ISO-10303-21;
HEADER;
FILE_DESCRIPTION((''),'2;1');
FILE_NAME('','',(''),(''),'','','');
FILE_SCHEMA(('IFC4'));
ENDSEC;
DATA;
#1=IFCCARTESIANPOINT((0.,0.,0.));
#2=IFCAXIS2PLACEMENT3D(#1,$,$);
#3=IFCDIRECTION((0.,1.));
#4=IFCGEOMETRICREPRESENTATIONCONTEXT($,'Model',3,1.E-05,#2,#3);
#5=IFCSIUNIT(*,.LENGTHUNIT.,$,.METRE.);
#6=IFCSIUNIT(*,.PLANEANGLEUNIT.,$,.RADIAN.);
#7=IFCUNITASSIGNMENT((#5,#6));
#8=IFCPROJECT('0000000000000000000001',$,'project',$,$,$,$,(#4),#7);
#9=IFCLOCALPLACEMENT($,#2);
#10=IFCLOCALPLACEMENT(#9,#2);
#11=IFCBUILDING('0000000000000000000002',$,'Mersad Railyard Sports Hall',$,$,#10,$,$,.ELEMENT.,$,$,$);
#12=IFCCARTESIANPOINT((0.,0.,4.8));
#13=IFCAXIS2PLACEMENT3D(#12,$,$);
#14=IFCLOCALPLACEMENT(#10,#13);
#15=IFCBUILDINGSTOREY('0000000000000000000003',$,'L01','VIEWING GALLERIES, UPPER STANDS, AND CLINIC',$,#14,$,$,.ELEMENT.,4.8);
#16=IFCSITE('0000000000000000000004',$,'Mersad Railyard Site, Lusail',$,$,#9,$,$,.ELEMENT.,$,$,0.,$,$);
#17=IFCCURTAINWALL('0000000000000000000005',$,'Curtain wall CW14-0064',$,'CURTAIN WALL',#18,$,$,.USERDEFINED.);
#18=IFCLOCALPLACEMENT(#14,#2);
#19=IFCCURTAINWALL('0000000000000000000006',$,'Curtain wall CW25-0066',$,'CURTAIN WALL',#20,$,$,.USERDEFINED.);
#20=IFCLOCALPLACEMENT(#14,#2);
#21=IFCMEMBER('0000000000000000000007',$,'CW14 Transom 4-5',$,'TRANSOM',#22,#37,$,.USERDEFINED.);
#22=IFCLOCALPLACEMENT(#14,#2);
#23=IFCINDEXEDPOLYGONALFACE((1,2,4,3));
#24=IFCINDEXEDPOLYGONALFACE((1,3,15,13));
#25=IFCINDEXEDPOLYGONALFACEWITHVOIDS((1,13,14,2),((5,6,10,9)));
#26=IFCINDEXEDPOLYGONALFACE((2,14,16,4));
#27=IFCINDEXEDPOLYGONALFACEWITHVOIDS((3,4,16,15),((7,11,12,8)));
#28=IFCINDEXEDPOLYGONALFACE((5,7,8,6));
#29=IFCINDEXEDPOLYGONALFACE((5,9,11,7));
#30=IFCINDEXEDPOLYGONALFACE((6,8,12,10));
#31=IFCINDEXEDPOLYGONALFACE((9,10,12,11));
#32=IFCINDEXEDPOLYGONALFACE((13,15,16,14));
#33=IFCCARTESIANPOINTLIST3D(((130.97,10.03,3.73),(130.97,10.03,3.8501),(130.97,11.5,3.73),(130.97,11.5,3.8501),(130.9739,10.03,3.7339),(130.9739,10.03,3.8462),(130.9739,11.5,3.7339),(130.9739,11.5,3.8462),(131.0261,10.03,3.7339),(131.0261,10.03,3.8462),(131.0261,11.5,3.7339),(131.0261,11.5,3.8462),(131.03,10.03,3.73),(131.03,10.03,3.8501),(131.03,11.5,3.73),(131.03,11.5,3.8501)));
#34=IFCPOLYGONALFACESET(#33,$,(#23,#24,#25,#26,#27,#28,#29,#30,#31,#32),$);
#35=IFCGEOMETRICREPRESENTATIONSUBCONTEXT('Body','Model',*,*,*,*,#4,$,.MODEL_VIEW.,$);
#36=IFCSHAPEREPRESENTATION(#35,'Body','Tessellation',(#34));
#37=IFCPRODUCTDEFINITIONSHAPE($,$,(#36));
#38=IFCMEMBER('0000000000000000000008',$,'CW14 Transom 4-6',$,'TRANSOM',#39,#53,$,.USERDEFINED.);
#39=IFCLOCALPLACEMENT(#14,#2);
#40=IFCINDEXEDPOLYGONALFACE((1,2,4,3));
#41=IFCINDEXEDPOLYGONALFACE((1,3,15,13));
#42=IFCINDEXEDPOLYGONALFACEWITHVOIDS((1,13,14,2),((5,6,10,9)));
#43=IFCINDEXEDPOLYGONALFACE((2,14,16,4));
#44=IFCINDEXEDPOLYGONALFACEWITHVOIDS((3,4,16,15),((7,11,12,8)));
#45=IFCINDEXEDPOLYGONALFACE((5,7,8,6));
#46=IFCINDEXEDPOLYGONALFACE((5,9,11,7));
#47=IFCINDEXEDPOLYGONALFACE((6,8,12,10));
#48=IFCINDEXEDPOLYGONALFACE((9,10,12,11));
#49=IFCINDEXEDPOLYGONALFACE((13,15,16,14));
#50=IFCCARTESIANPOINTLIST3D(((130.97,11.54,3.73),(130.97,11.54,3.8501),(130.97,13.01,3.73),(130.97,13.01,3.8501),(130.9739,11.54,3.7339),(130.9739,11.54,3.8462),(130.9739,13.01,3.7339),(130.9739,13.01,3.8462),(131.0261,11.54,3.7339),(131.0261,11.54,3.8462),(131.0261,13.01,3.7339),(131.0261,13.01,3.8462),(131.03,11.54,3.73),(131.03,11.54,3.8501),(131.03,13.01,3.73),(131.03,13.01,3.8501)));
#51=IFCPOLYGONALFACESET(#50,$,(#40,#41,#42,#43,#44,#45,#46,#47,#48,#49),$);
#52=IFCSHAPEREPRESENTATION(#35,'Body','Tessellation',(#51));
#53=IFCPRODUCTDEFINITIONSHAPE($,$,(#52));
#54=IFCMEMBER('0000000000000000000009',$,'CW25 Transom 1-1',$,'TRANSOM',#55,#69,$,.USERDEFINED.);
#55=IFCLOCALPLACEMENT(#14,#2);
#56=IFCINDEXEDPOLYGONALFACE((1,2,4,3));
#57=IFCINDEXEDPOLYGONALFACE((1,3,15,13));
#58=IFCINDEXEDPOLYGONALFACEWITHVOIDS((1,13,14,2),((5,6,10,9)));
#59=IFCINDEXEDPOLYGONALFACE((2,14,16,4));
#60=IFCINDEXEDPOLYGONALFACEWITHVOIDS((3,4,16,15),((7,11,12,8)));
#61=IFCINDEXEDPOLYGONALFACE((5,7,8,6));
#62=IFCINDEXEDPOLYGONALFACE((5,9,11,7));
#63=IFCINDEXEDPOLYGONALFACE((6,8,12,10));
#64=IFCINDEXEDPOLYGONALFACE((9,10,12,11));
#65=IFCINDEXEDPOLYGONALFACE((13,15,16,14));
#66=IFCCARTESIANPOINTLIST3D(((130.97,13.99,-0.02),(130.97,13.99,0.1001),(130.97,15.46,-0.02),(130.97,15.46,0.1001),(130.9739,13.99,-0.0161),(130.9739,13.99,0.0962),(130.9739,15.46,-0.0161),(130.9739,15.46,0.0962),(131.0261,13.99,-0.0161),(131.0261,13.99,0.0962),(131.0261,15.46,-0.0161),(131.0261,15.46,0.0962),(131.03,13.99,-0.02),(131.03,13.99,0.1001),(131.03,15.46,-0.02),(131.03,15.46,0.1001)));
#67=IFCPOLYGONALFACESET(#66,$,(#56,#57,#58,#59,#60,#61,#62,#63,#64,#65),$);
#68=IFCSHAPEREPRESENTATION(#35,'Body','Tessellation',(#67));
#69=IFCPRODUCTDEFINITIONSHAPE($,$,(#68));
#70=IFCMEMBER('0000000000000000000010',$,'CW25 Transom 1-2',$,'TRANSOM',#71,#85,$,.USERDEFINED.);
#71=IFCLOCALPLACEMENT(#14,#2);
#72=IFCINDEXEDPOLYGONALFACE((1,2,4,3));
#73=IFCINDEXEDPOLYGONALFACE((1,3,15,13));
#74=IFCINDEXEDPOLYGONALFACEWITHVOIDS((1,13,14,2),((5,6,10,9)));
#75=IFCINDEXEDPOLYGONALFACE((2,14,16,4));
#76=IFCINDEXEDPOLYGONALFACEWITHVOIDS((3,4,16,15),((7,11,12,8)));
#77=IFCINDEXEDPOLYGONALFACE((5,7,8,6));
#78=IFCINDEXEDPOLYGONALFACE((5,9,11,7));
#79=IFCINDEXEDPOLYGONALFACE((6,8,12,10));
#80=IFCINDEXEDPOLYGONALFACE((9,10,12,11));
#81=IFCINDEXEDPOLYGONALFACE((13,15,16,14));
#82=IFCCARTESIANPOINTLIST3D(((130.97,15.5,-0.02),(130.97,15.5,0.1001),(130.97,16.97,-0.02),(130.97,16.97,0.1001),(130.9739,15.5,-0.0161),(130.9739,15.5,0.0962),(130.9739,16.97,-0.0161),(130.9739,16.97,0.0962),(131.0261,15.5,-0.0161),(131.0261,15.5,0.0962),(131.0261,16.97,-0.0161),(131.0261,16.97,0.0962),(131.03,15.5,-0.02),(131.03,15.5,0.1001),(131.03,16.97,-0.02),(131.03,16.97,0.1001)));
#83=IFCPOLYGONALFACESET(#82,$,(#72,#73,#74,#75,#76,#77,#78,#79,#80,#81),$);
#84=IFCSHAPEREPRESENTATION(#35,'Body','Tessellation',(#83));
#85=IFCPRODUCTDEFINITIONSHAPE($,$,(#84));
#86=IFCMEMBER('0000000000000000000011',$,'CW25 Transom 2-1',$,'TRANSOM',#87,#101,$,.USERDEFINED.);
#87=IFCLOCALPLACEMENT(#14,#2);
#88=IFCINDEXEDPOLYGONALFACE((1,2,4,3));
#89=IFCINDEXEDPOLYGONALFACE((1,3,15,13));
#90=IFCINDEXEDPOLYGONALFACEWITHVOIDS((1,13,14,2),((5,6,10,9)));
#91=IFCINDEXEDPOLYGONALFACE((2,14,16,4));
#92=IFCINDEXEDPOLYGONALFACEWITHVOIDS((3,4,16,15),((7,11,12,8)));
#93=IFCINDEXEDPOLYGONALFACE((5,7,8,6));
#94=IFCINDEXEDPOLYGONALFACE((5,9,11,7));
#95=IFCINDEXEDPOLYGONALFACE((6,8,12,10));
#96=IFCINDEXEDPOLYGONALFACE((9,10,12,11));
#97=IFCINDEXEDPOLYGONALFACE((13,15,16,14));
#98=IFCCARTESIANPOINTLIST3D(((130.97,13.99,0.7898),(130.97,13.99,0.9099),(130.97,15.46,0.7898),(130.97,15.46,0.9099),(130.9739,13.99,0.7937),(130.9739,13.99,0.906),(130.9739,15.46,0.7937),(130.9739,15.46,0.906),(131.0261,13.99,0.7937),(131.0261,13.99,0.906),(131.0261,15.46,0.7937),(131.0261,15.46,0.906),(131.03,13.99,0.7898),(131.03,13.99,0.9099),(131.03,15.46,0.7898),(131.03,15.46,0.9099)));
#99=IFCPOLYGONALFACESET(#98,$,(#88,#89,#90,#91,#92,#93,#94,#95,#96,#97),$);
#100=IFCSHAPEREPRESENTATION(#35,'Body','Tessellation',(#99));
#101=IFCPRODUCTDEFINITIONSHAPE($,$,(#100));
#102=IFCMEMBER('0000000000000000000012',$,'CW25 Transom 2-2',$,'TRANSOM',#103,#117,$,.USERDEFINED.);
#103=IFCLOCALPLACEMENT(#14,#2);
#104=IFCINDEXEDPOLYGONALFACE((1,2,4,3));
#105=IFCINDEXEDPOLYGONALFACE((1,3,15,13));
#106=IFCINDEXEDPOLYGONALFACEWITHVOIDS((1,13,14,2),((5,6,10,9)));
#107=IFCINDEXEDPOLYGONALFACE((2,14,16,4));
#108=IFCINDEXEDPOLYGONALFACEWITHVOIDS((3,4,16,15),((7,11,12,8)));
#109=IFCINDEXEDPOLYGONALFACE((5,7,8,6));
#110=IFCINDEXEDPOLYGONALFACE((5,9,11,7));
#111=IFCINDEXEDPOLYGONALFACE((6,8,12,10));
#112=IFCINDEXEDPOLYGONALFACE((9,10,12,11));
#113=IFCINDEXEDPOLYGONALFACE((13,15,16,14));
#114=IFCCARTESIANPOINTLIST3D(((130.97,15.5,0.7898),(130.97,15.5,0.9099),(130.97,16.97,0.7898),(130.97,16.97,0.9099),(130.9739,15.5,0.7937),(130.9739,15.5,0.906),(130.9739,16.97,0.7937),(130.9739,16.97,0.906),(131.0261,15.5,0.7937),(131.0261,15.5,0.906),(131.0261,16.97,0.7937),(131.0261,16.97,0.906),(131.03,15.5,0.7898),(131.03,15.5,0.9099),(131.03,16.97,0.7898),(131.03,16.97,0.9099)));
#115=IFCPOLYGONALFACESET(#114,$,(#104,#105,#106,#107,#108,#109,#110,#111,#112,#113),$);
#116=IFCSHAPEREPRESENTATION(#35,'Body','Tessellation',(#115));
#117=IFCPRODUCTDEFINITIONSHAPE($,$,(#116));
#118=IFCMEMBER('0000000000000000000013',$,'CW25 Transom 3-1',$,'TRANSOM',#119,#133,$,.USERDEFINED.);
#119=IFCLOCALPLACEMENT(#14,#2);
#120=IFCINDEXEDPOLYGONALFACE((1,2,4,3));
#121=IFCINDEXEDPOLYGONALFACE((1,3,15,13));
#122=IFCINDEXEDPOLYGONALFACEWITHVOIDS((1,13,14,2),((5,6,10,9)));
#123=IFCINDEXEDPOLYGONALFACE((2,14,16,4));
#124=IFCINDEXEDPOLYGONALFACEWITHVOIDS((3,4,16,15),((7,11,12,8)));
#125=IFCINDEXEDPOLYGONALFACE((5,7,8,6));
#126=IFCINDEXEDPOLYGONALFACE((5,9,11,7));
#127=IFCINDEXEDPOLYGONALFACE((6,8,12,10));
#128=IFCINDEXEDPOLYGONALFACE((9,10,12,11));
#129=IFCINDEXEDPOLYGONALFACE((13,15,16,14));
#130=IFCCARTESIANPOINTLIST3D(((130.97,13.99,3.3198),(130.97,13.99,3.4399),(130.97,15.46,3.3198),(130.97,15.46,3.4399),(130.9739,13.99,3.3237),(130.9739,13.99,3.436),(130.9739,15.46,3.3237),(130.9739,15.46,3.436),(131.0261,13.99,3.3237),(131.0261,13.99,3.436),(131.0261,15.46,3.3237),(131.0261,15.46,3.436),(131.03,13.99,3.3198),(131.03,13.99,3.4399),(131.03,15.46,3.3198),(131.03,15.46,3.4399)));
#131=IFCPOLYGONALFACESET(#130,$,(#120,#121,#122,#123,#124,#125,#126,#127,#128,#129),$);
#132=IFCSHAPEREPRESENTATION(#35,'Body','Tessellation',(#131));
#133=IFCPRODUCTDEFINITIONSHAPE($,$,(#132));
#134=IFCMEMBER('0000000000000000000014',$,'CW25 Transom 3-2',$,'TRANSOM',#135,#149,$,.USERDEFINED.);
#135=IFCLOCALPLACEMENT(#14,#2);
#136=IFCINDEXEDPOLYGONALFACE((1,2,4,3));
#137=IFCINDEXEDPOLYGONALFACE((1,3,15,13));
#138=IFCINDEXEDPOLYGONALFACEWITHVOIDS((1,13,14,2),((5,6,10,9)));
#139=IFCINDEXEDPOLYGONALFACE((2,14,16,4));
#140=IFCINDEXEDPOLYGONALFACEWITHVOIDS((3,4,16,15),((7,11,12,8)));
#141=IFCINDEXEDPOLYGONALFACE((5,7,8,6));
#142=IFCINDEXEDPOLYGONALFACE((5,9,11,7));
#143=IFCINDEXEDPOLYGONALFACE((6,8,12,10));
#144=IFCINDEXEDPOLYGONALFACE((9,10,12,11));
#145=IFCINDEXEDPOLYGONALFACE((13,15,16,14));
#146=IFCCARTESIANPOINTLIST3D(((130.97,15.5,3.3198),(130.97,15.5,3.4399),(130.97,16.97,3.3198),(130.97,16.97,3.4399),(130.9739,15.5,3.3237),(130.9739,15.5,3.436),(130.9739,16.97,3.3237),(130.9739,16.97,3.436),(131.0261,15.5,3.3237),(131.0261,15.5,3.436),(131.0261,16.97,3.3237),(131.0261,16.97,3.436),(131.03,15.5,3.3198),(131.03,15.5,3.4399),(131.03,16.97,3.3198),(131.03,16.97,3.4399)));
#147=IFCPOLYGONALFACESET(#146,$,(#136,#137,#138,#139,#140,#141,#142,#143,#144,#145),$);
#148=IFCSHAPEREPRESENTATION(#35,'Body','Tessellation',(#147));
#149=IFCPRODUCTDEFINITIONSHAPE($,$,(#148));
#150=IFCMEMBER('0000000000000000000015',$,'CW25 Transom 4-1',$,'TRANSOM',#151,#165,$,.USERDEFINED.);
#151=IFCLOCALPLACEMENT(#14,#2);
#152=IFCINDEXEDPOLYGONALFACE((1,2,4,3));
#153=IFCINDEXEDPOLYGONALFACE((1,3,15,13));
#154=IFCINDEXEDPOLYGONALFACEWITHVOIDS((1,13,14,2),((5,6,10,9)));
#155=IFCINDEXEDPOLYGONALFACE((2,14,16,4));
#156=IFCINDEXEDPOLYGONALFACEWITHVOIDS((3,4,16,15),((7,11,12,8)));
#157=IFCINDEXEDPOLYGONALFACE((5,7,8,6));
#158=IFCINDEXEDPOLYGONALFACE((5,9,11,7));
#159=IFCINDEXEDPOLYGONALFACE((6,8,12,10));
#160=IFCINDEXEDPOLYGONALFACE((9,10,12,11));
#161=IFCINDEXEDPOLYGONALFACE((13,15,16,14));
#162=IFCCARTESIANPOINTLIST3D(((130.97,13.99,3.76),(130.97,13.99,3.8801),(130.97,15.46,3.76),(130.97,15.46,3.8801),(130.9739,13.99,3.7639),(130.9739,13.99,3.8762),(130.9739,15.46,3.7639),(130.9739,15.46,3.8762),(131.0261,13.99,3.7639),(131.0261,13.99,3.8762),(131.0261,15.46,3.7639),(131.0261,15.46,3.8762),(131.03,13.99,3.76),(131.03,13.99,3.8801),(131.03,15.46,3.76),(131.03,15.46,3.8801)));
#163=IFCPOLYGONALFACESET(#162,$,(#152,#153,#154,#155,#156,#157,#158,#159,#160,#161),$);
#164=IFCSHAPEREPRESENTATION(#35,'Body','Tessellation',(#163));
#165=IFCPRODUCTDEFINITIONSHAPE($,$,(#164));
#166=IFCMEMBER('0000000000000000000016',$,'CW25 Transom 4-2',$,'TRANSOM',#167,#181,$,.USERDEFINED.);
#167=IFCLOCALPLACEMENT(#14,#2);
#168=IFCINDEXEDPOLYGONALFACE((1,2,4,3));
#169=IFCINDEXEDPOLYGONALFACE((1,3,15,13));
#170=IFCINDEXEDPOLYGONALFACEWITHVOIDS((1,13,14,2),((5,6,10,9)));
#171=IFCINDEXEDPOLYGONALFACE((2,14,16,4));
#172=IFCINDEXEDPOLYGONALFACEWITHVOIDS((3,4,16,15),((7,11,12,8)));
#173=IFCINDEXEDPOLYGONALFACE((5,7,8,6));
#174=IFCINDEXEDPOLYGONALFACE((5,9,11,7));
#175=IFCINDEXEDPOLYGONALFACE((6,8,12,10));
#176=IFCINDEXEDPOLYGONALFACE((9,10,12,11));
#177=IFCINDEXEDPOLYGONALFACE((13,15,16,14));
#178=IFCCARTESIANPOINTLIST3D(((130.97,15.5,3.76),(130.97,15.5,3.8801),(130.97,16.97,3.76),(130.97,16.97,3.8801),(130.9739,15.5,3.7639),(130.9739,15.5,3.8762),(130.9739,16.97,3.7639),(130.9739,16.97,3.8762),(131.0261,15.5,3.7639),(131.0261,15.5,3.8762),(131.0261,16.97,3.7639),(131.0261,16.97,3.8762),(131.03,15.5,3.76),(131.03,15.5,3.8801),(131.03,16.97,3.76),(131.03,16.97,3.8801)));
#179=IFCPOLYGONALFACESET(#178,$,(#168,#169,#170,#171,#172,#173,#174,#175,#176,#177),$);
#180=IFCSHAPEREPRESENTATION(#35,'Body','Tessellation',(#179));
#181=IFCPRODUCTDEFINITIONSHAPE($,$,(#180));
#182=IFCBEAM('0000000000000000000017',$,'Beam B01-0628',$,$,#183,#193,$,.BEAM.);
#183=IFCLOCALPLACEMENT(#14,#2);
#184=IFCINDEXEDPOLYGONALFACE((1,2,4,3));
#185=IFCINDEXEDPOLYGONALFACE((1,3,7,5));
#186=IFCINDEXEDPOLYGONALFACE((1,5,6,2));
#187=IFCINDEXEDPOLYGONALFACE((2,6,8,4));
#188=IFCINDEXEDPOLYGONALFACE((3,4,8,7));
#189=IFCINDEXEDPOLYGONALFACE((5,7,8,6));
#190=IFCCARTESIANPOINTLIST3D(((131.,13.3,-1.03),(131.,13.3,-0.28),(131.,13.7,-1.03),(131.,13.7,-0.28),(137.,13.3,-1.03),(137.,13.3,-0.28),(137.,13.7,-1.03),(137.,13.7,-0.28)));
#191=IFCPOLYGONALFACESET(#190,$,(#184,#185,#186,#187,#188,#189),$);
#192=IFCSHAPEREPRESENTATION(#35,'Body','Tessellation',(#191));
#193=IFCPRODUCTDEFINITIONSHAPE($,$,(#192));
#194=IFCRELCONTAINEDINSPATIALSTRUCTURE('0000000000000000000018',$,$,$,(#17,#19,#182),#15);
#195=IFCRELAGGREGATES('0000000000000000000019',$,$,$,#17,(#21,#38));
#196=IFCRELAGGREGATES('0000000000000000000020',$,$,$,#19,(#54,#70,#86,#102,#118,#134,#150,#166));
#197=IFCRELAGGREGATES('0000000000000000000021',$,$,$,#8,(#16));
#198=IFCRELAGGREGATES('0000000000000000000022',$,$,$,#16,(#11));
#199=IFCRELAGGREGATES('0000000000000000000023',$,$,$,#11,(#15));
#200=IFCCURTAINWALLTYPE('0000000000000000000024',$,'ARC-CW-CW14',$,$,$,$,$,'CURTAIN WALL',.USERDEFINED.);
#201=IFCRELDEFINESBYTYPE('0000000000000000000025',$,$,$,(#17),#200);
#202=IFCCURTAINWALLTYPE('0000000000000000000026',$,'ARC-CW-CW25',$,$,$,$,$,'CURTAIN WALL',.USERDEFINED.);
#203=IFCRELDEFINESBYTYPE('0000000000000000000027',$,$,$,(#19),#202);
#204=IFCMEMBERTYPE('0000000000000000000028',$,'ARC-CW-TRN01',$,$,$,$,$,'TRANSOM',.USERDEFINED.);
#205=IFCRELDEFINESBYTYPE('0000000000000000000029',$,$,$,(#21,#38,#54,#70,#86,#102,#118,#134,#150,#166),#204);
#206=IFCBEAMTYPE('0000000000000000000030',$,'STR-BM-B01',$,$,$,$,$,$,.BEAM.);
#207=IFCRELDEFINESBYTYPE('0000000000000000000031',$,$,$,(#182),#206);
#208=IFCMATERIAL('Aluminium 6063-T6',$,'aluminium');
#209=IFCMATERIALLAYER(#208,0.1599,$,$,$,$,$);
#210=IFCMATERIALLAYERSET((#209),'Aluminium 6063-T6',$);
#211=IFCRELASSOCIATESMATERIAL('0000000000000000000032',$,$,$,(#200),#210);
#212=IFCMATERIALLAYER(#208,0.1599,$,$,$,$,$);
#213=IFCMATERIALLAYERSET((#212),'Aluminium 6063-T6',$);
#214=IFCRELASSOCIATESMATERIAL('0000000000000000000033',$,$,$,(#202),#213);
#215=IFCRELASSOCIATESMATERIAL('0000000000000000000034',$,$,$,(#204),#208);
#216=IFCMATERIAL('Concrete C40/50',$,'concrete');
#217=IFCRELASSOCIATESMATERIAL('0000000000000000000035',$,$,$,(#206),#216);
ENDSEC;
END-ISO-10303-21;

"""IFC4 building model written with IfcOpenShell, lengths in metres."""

from ifc_helpers import new_model, si_unit, direction, frame, origin, origin_2d, place, context, subcontext, project, spatial, rectangle, hollow_rectangle, extrude, material, layer, layer_set, material_profile, profile_set, type_object, element, aggregate, save


model = new_model("IFC4")

# Units and contexts
model_context = context("Model", 3, precision=1e-05, world=origin(), true_north=direction((0.0, 1.0)))
body_context = subcontext(model_context, "Body", "Model", "MODEL_VIEW")
ifc_project = project(units=[si_unit("LENGTHUNIT", "METRE"), si_unit("PLANEANGLEUNIT", "RADIAN")], contexts=[model_context])

# Site, building, storey
site_placement = place(None, origin())
site = spatial("IfcSite", under=ifc_project, at=site_placement, Name="Mersad Railyard Site, Lusail", CompositionType="ELEMENT", RefElevation=0.0)
building_placement = place(site_placement, origin())
building = spatial("IfcBuilding", under=site, at=building_placement, Name="Mersad Railyard Sports Hall", CompositionType="ELEMENT")
storey_placement = place(building_placement, frame((0.0, 0.0, 4.8)))
storey = spatial("IfcBuildingStorey", under=building, at=storey_placement, Name="L01", Description="VIEWING GALLERIES, UPPER STANDS, AND CLINIC", CompositionType="ELEMENT", Elevation=4.8)

# Curtain walls
ifc_material_1 = material(Name="Aluminium 6063-T6", Category="aluminium")
ifc_layer_1 = layer(ifc_material_1, 0.1599)
ifc_layer_set_1 = layer_set([ifc_layer_1], Name="Aluminium 6063-T6")
curtain_wall_type_1 = type_object("IfcCurtainWallType", Name="ARC-CW-CW14", ElementType="CURTAIN WALL", PredefinedType="USERDEFINED", material=ifc_layer_set_1)
curtain_wall_1_placement = place(storey_placement, origin())
curtain_wall_1 = element("IfcCurtainWall", 1, at=curtain_wall_1_placement, inside=storey, type_object=curtain_wall_type_1, Name="Curtain wall CW14-0064", ObjectType="CURTAIN WALL", PredefinedType="USERDEFINED")
ifc_layer_2 = layer(ifc_material_1, 0.1599)
ifc_layer_set_2 = layer_set([ifc_layer_2], Name="Aluminium 6063-T6")
curtain_wall_type_2 = type_object("IfcCurtainWallType", Name="ARC-CW-CW25", ElementType="CURTAIN WALL", PredefinedType="USERDEFINED", material=ifc_layer_set_2)
curtain_wall_2_placement = place(storey_placement, origin())
curtain_wall_2 = element("IfcCurtainWall", 2, at=curtain_wall_2_placement, inside=storey, type_object=curtain_wall_type_2, Name="Curtain wall CW25-0066", ObjectType="CURTAIN WALL", PredefinedType="USERDEFINED")

# Members
ifc_material_profile_1 = material_profile(ifc_material_1, hollow_rectangle(XDim=0.0601, YDim=0.1201, WallThickness=0.0039, at=origin_2d()), Name="AL TRANSOM 60x120x4")
ifc_profile_set_1 = profile_set([ifc_material_profile_1], Name="Aluminium 6063-T6")
member_type_1 = type_object("IfcMemberType", Name="ARC-CW-TRN01", ElementType="TRANSOM", PredefinedType="USERDEFINED", material=ifc_profile_set_1)
member_1_placement = place(storey_placement, frame((131.0, 10.03, 3.79), z_axis=(0.0, 1.0, 0.0), x_axis=(-1.0, 0.0, 0.0)))
member_1 = element("IfcMember", 3, at=member_1_placement, type_object=member_type_1, Name="CW14 Transom 4-5", ObjectType="TRANSOM", PredefinedType="USERDEFINED", context=body_context, shape_type="SweptSolid", body=[
    extrude(hollow_rectangle(XDim=0.0601, YDim=0.1201, WallThickness=0.0039, at=origin_2d()), origin(), (0.0, 0.0, 1.0), 1.47),
])
member_2_placement = place(storey_placement, frame((131.0, 11.54, 3.79), z_axis=(0.0, 1.0, 0.0), x_axis=(-1.0, 0.0, 0.0)))
member_2 = element("IfcMember", 4, at=member_2_placement, type_object=member_type_1, Name="CW14 Transom 4-6", ObjectType="TRANSOM", PredefinedType="USERDEFINED", context=body_context, shape_type="SweptSolid", body=[
    extrude(hollow_rectangle(XDim=0.0601, YDim=0.1201, WallThickness=0.0039, at=origin_2d()), origin(), (0.0, 0.0, 1.0), 1.47),
])
member_3_placement = place(storey_placement, frame((131.0, 13.99, 0.04), z_axis=(0.0, 1.0, 0.0), x_axis=(-1.0, 0.0, 0.0)))
member_3 = element("IfcMember", 5, at=member_3_placement, type_object=member_type_1, Name="CW25 Transom 1-1", ObjectType="TRANSOM", PredefinedType="USERDEFINED", context=body_context, shape_type="SweptSolid", body=[
    extrude(hollow_rectangle(XDim=0.0601, YDim=0.1201, WallThickness=0.0039, at=origin_2d()), origin(), (0.0, 0.0, 1.0), 1.47),
])
member_4_placement = place(storey_placement, frame((131.0, 15.5, 0.04), z_axis=(0.0, 1.0, 0.0), x_axis=(-1.0, 0.0, 0.0)))
member_4 = element("IfcMember", 6, at=member_4_placement, type_object=member_type_1, Name="CW25 Transom 1-2", ObjectType="TRANSOM", PredefinedType="USERDEFINED", context=body_context, shape_type="SweptSolid", body=[
    extrude(hollow_rectangle(XDim=0.0601, YDim=0.1201, WallThickness=0.0039, at=origin_2d()), origin(), (0.0, 0.0, 1.0), 1.47),
])
member_5_placement = place(storey_placement, frame((131.0, 13.99, 0.8499), z_axis=(0.0, 1.0, 0.0), x_axis=(-1.0, 0.0, 0.0)))
member_5 = element("IfcMember", 7, at=member_5_placement, type_object=member_type_1, Name="CW25 Transom 2-1", ObjectType="TRANSOM", PredefinedType="USERDEFINED", context=body_context, shape_type="SweptSolid", body=[
    extrude(hollow_rectangle(XDim=0.0601, YDim=0.1201, WallThickness=0.0039, at=origin_2d()), origin(), (0.0, 0.0, 1.0), 1.47),
])
member_6_placement = place(storey_placement, frame((131.0, 15.5, 0.8499), z_axis=(0.0, 1.0, 0.0), x_axis=(-1.0, 0.0, 0.0)))
member_6 = element("IfcMember", 8, at=member_6_placement, type_object=member_type_1, Name="CW25 Transom 2-2", ObjectType="TRANSOM", PredefinedType="USERDEFINED", context=body_context, shape_type="SweptSolid", body=[
    extrude(hollow_rectangle(XDim=0.0601, YDim=0.1201, WallThickness=0.0039, at=origin_2d()), origin(), (0.0, 0.0, 1.0), 1.47),
])
member_7_placement = place(storey_placement, frame((131.0, 13.99, 3.3799), z_axis=(0.0, 1.0, 0.0), x_axis=(-1.0, 0.0, 0.0)))
member_7 = element("IfcMember", 9, at=member_7_placement, type_object=member_type_1, Name="CW25 Transom 3-1", ObjectType="TRANSOM", PredefinedType="USERDEFINED", context=body_context, shape_type="SweptSolid", body=[
    extrude(hollow_rectangle(XDim=0.0601, YDim=0.1201, WallThickness=0.0039, at=origin_2d()), origin(), (0.0, 0.0, 1.0), 1.47),
])
member_8_placement = place(storey_placement, frame((131.0, 15.5, 3.3799), z_axis=(0.0, 1.0, 0.0), x_axis=(-1.0, 0.0, 0.0)))
member_8 = element("IfcMember", 10, at=member_8_placement, type_object=member_type_1, Name="CW25 Transom 3-2", ObjectType="TRANSOM", PredefinedType="USERDEFINED", context=body_context, shape_type="SweptSolid", body=[
    extrude(hollow_rectangle(XDim=0.0601, YDim=0.1201, WallThickness=0.0039, at=origin_2d()), origin(), (0.0, 0.0, 1.0), 1.47),
])
member_9_placement = place(storey_placement, frame((131.0, 13.99, 3.8201), z_axis=(0.0, 1.0, 0.0), x_axis=(-1.0, 0.0, 0.0)))
member_9 = element("IfcMember", 11, at=member_9_placement, type_object=member_type_1, Name="CW25 Transom 4-1", ObjectType="TRANSOM", PredefinedType="USERDEFINED", context=body_context, shape_type="SweptSolid", body=[
    extrude(hollow_rectangle(XDim=0.0601, YDim=0.1201, WallThickness=0.0039, at=origin_2d()), origin(), (0.0, 0.0, 1.0), 1.47),
])
member_10_placement = place(storey_placement, frame((131.0, 15.5, 3.8201), z_axis=(0.0, 1.0, 0.0), x_axis=(-1.0, 0.0, 0.0)))
member_10 = element("IfcMember", 12, at=member_10_placement, type_object=member_type_1, Name="CW25 Transom 4-2", ObjectType="TRANSOM", PredefinedType="USERDEFINED", context=body_context, shape_type="SweptSolid", body=[
    extrude(hollow_rectangle(XDim=0.0601, YDim=0.1201, WallThickness=0.0039, at=origin_2d()), origin(), (0.0, 0.0, 1.0), 1.47),
])

# Beam
ifc_material_2 = material(Name="Concrete C40/50", Category="concrete")
ifc_material_profile_2 = material_profile(ifc_material_2, rectangle(XDim=0.3999, YDim=0.75, at=origin_2d()), Name="RC 400x750")
ifc_profile_set_2 = profile_set([ifc_material_profile_2], Name="Concrete C40/50")
beam_type_1 = type_object("IfcBeamType", Name="STR-BM-B01", PredefinedType="BEAM", material=ifc_profile_set_2)
beam_1_placement = place(storey_placement, frame((131.0, 13.5, -0.655), z_axis=(1.0, 0.0, 0.0), x_axis=(0.0, 1.0, 0.0)))
element("IfcBeam", 13, at=beam_1_placement, inside=storey, type_object=beam_type_1, Name="Beam B01-0628", PredefinedType="BEAM", context=body_context, shape_type="SweptSolid", body=[
    extrude(rectangle(XDim=0.3999, YDim=0.75, at=origin_2d()), origin(), (0.0, 0.0, 1.0), 6.0),
])

aggregate(curtain_wall_1, [member_1, member_2])
aggregate(curtain_wall_2, [member_3, member_4, member_5, member_6, member_7, member_8, member_9, member_10])

save(model, "model.ifc")
